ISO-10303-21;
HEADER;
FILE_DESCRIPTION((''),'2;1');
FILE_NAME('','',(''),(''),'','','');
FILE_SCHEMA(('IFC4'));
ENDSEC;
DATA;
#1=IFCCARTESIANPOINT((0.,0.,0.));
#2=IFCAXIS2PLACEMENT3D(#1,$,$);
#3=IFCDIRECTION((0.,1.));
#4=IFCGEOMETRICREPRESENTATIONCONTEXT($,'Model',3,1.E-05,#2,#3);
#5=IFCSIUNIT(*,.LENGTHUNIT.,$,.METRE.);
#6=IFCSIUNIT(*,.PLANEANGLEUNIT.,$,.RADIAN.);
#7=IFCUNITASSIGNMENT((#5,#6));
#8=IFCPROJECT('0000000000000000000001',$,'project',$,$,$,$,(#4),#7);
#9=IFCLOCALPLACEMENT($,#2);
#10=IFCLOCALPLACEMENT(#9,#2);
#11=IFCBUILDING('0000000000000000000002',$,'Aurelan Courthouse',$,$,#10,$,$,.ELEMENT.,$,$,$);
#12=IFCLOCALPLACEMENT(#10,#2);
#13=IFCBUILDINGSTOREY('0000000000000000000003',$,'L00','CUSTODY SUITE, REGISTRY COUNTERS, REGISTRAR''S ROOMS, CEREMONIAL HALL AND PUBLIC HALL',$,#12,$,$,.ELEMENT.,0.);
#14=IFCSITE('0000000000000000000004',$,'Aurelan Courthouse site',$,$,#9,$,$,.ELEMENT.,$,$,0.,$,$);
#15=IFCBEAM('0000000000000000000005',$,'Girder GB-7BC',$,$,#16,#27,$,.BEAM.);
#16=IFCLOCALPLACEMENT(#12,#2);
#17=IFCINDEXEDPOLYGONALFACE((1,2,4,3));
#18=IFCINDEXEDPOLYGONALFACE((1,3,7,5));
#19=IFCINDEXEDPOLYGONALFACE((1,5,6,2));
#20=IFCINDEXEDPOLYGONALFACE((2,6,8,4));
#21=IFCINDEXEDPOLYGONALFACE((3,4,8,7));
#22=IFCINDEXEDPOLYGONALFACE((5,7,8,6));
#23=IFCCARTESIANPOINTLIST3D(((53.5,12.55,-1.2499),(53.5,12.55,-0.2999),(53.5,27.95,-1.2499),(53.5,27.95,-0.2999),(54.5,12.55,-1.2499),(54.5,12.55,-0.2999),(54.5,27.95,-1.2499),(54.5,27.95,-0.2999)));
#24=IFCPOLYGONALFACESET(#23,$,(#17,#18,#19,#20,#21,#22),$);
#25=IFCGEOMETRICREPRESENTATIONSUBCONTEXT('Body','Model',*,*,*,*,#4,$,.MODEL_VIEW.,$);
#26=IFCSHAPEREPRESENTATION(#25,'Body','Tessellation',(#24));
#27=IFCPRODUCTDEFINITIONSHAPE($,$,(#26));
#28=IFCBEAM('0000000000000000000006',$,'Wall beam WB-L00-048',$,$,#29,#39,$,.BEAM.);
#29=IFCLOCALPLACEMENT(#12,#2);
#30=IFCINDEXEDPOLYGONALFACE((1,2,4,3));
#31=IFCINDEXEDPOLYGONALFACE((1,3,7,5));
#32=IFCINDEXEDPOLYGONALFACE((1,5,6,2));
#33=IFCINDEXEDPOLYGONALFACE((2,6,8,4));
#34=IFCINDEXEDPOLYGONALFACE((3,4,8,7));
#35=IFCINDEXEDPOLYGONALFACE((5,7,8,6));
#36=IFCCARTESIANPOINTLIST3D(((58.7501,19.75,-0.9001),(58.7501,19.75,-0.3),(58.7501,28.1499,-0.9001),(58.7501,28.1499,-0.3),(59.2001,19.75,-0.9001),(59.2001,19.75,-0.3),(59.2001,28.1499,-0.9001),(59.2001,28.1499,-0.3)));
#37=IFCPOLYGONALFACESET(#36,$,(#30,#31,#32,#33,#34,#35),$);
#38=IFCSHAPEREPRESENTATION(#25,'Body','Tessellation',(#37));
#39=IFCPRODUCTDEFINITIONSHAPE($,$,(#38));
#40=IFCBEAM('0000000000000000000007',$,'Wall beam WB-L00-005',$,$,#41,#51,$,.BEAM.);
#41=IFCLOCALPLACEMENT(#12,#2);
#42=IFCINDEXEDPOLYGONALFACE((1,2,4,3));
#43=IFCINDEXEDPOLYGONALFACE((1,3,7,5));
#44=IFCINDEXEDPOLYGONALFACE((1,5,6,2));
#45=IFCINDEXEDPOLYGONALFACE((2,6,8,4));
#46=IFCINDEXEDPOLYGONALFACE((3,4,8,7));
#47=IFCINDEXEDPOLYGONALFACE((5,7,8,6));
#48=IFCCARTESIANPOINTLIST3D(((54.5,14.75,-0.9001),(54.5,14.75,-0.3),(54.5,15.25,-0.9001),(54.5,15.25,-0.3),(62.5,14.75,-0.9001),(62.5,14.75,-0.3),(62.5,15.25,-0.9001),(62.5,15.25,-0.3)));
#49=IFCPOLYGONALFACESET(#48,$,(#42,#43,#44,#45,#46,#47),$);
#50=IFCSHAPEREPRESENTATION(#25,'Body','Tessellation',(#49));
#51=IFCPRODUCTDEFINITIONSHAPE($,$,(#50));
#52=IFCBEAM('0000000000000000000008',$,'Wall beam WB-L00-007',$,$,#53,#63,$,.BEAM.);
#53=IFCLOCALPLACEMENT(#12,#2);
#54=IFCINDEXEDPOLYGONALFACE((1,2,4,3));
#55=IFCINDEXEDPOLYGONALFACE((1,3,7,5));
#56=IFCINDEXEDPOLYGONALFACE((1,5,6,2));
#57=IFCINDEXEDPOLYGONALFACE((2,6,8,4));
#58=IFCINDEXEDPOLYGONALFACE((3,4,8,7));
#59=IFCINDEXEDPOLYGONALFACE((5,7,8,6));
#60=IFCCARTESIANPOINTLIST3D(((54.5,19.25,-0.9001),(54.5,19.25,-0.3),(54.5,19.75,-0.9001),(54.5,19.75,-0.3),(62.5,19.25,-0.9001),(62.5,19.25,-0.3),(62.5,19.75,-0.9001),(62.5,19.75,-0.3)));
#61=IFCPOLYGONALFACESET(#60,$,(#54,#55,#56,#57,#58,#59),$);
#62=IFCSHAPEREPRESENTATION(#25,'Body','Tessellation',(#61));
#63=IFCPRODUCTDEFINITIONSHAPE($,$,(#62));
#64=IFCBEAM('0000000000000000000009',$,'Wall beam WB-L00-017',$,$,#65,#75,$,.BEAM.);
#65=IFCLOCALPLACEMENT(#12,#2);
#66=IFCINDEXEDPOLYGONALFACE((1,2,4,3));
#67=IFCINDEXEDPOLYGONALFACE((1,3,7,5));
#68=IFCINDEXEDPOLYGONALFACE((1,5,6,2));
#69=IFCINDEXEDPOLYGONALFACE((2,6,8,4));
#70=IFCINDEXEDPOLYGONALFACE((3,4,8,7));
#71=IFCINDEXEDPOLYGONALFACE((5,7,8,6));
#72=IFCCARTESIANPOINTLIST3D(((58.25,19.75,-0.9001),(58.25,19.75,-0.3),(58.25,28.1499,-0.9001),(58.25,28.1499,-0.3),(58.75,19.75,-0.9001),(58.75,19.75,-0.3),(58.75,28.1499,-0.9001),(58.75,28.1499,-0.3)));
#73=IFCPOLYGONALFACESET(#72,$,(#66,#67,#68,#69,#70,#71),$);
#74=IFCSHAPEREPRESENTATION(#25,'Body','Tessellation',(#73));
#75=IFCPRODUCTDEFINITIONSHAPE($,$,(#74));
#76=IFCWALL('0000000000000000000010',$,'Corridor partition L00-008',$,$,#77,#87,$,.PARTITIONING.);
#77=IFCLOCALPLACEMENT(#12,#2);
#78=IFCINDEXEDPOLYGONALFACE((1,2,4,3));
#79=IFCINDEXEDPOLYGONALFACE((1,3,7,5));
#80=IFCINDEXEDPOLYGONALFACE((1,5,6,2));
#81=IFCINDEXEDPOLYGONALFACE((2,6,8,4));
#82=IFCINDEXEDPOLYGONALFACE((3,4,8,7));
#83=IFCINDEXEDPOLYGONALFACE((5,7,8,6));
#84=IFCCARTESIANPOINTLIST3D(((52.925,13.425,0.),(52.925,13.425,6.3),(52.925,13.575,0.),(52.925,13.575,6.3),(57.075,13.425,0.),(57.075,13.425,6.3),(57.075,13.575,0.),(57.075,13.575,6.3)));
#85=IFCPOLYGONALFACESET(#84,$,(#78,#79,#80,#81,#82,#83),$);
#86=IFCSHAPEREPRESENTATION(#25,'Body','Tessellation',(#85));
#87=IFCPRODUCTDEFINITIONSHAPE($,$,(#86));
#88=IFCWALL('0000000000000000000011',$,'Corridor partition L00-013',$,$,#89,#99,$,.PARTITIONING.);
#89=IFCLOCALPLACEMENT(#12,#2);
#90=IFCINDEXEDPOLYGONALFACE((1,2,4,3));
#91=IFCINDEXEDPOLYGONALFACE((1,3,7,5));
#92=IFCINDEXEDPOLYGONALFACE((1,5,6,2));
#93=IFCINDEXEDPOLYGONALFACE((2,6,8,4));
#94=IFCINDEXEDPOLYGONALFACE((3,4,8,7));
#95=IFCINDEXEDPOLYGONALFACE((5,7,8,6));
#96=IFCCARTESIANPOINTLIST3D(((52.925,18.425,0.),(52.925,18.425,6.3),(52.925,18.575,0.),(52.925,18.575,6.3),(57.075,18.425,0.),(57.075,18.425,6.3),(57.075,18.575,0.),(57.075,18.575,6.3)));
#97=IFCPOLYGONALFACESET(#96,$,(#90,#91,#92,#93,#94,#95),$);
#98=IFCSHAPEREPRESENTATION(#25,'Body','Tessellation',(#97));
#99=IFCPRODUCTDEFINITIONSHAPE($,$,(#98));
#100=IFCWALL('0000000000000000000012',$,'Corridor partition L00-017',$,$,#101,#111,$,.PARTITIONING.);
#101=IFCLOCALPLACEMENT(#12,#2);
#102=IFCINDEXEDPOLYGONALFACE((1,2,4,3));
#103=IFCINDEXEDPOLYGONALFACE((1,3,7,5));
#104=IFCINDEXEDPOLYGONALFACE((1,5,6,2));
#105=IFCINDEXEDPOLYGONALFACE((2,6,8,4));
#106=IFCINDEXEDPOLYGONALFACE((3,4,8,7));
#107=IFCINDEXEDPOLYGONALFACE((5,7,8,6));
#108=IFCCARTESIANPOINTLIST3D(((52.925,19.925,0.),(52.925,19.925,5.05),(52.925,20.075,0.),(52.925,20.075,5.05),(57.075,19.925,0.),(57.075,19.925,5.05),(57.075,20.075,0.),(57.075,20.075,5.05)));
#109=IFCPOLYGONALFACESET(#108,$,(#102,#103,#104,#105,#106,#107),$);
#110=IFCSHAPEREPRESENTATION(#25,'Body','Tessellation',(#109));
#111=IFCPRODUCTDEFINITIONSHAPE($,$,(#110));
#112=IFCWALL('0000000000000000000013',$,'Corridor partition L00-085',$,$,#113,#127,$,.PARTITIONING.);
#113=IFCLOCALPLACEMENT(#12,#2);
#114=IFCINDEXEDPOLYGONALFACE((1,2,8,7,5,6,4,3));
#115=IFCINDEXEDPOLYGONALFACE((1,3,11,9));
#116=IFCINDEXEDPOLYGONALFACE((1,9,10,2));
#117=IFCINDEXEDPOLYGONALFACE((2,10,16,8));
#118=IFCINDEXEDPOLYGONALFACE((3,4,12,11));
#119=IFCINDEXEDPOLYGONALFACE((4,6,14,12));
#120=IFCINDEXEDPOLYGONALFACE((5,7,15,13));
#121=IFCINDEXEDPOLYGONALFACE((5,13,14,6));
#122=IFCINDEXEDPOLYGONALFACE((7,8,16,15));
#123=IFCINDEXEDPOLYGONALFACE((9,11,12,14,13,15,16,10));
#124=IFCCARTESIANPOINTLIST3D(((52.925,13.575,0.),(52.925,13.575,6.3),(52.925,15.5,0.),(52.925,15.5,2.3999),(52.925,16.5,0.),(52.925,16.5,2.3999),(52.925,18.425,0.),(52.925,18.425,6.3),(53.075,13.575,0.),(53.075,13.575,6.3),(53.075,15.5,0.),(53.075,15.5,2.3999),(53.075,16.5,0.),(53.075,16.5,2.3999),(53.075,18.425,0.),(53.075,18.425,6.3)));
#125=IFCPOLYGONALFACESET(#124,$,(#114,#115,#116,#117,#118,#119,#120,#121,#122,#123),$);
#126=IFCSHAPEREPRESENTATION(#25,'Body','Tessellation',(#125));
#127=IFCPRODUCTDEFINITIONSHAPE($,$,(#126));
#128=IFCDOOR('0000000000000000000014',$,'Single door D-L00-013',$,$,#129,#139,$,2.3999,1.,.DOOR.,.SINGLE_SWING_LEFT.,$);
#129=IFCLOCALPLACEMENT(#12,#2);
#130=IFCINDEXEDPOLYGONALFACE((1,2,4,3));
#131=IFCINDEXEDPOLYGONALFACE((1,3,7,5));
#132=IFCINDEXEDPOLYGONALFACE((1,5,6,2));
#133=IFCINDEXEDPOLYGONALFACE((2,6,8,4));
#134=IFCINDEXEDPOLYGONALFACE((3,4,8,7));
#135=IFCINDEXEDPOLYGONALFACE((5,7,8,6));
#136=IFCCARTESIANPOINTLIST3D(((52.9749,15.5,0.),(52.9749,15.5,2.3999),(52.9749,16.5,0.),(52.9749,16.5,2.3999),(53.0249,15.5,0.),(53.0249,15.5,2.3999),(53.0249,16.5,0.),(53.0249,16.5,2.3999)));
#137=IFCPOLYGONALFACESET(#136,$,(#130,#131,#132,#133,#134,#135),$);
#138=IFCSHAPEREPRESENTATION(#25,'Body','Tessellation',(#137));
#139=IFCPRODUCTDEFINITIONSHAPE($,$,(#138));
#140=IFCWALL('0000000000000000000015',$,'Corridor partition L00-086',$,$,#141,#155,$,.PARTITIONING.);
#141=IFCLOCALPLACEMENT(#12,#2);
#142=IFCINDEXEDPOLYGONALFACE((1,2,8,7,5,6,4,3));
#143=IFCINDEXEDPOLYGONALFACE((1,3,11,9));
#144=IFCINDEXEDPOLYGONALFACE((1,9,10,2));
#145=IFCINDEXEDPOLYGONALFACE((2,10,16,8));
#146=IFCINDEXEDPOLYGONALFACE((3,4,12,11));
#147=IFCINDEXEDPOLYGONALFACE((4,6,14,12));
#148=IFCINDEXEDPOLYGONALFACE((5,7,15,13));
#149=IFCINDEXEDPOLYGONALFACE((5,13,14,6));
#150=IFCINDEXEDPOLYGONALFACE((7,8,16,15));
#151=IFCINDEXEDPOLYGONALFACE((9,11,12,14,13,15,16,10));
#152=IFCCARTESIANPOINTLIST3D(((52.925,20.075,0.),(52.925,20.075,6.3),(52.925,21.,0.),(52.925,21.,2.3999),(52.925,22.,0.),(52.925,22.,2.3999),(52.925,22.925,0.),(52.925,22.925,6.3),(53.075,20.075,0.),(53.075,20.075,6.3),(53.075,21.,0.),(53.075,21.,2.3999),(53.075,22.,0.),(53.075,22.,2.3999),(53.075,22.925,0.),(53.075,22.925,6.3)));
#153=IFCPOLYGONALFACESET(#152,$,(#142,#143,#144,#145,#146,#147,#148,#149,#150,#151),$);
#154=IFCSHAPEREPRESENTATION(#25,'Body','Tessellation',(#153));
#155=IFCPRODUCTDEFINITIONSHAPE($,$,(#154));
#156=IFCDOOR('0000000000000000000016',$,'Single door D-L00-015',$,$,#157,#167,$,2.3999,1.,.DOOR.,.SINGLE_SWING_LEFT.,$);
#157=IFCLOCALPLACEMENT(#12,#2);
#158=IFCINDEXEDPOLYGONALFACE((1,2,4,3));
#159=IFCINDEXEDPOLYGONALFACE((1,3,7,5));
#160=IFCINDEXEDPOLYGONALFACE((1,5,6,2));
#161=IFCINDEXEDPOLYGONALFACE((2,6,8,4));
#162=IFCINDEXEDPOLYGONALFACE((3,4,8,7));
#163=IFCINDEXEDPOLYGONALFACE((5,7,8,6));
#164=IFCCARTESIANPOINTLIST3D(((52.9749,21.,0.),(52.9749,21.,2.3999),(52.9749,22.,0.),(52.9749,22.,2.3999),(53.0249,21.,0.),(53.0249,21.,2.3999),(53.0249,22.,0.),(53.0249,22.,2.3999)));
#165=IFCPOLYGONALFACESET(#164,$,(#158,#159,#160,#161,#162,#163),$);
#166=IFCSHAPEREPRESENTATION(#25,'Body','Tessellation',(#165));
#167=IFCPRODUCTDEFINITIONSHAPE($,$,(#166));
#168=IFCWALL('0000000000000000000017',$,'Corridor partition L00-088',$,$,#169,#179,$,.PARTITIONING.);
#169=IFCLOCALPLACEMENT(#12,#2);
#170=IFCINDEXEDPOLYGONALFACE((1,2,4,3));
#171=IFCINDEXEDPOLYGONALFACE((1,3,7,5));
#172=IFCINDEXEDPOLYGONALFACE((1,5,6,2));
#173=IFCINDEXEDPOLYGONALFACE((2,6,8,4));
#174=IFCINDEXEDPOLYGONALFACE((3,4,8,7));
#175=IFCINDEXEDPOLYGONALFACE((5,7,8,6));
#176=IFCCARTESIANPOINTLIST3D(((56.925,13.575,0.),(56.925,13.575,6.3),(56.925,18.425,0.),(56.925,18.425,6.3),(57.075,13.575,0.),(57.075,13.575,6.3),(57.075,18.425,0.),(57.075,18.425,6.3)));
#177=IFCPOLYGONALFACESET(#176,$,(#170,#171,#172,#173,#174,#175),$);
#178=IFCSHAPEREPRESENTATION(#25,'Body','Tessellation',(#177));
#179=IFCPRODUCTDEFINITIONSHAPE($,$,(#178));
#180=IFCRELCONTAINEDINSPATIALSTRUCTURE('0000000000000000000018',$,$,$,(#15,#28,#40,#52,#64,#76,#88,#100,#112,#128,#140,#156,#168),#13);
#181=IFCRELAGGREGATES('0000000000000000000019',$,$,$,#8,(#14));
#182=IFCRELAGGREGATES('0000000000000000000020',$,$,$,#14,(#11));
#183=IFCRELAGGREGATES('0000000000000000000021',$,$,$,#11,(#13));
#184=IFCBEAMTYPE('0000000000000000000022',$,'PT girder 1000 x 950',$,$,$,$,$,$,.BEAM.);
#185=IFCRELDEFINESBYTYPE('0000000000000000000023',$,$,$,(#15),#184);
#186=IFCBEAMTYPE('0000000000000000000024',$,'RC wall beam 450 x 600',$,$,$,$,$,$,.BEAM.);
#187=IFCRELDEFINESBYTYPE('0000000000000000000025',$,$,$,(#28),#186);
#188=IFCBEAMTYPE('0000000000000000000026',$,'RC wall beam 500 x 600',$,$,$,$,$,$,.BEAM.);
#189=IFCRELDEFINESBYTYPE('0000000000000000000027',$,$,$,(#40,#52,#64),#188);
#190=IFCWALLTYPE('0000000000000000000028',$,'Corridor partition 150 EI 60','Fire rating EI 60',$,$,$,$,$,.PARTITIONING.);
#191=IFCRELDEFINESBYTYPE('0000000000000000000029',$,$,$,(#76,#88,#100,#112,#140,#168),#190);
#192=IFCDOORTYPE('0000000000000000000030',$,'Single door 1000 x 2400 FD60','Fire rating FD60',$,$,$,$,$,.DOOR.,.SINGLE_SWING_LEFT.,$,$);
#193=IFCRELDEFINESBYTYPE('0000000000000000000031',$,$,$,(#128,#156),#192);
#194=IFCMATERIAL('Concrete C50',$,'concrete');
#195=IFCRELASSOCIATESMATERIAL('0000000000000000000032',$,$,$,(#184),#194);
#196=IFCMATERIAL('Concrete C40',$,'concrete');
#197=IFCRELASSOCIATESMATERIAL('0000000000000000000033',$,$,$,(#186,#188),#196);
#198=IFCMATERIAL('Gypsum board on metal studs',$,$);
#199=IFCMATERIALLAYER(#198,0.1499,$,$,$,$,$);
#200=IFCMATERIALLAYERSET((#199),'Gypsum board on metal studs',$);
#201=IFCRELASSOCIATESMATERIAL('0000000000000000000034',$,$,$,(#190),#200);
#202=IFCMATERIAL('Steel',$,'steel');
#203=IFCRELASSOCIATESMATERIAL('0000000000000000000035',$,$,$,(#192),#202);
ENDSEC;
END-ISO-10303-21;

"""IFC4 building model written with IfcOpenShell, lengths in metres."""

from ifc_helpers import new_model, si_unit, direction, frame, frame_2d, origin, origin_2d, place, context, subcontext, project, spatial, rectangle, extrude, material, layer, layer_set, material_profile, profile_set, type_object, element, fill, save


model = new_model("IFC4")

# Units and contexts
model_context = context("Model", 3, precision=1e-05, world=origin(), true_north=direction((0.0, 1.0)))
body_context = subcontext(model_context, "Body", "Model", "MODEL_VIEW")
ifc_project = project(units=[si_unit("LENGTHUNIT", "METRE"), si_unit("PLANEANGLEUNIT", "RADIAN")], contexts=[model_context])

# Site, building, storey
site_placement = place(None, origin())
site = spatial("IfcSite", under=ifc_project, at=site_placement, Name="Aurelan Courthouse site", CompositionType="ELEMENT", RefElevation=0.0)
building_placement = place(site_placement, origin())
building = spatial("IfcBuilding", under=site, at=building_placement, Name="Aurelan Courthouse", CompositionType="ELEMENT")
storey_placement = place(building_placement, origin())
storey = spatial("IfcBuildingStorey", under=building, at=storey_placement, Name="L00", Description="CUSTODY SUITE, REGISTRY COUNTERS, REGISTRAR'S ROOMS, CEREMONIAL HALL AND PUBLIC HALL", CompositionType="ELEMENT", Elevation=0.0)

# Beams
ifc_material_1 = material(Name="Concrete C50", Category="concrete")
ifc_material_profile_1 = material_profile(ifc_material_1, rectangle(XDim=1.0, YDim=0.95, at=origin_2d()), Name="RC 1000 x 950")
ifc_profile_set_1 = profile_set([ifc_material_profile_1], Name="Concrete C50")
beam_type_1 = type_object("IfcBeamType", Name="PT girder 1000 x 950", PredefinedType="BEAM", material=ifc_profile_set_1)
beam_1_placement = place(storey_placement, frame((54.0, 12.55, -0.7749), z_axis=(0.0, 1.0, 0.0), x_axis=(-1.0, 0.0, 0.0)))
element("IfcBeam", 1, at=beam_1_placement, inside=storey, type_object=beam_type_1, Name="Girder GB-7BC", PredefinedType="BEAM", context=body_context, shape_type="SweptSolid", body=[
    extrude(rectangle(XDim=1.0, YDim=0.95, at=origin_2d()), origin(), (0.0, 0.0, 1.0), 15.3999),
])
ifc_material_2 = material(Name="Concrete C40", Category="concrete")
ifc_material_profile_2 = material_profile(ifc_material_2, rectangle(XDim=0.45, YDim=0.6001, at=origin_2d()), Name="RC 450 x 600")
ifc_profile_set_2 = profile_set([ifc_material_profile_2], Name="Concrete C40")
beam_type_2 = type_object("IfcBeamType", Name="RC wall beam 450 x 600", PredefinedType="BEAM", material=ifc_profile_set_2)
beam_2_placement = place(storey_placement, frame((58.9751, 19.75, -0.6001), z_axis=(0.0, 1.0, 0.0), x_axis=(-1.0, 0.0, 0.0)))
element("IfcBeam", 2, at=beam_2_placement, inside=storey, type_object=beam_type_2, Name="Wall beam WB-L00-048", PredefinedType="BEAM", context=body_context, shape_type="SweptSolid", body=[
    extrude(rectangle(XDim=0.45, YDim=0.6001, at=origin_2d()), origin(), (0.0, 0.0, 1.0), 8.3999),
])
ifc_material_profile_3 = material_profile(ifc_material_2, rectangle(XDim=0.5, YDim=0.6001, at=origin_2d()), Name="RC 500 x 600")
ifc_profile_set_3 = profile_set([ifc_material_profile_3], Name="Concrete C40")
beam_type_3 = type_object("IfcBeamType", Name="RC wall beam 500 x 600", PredefinedType="BEAM", material=ifc_profile_set_3)
for number, where, z_axis, x_axis, name in (
    (3, (54.5, 15.0, -0.6001), (1.0, 0.0, 0.0), (0.0, 1.0, 0.0), "Wall beam WB-L00-005"),
    (4, (54.5, 19.5, -0.6001), (1.0, 0.0, 0.0), (0.0, 1.0, 0.0), "Wall beam WB-L00-007"),
):
    element("IfcBeam", number, at=place(storey_placement, frame(where, z_axis=z_axis, x_axis=x_axis)), inside=storey, type_object=beam_type_3, Name=name, PredefinedType="BEAM", context=body_context, shape_type="SweptSolid", body=[
        extrude(rectangle(XDim=0.5, YDim=0.6001, at=origin_2d()), origin(), (0.0, 0.0, 1.0), 8.0),
    ])
beam_3_placement = place(storey_placement, frame((58.5, 19.75, -0.6001), z_axis=(0.0, 1.0, 0.0), x_axis=(-1.0, 0.0, 0.0)))
element("IfcBeam", 5, at=beam_3_placement, inside=storey, type_object=beam_type_3, Name="Wall beam WB-L00-017", PredefinedType="BEAM", context=body_context, shape_type="SweptSolid", body=[
    extrude(rectangle(XDim=0.5, YDim=0.6001, at=origin_2d()), origin(), (0.0, 0.0, 1.0), 8.3999),
])

# Walls
ifc_material_3 = material(Name="Gypsum board on metal studs")
ifc_layer_1 = layer(ifc_material_3, 0.1499)
ifc_layer_set_1 = layer_set([ifc_layer_1], Name="Gypsum board on metal studs")
wall_type_1 = type_object("IfcWallType", Name="Corridor partition 150 EI 60", Description="Fire rating EI 60", PredefinedType="PARTITIONING", material=ifc_layer_set_1)
for number, where, z_axis, x_axis, name in (
    (6, (52.925, 13.5, 0.0), (0.0, 0.0, 1.0), (1.0, 0.0, 0.0), "Corridor partition L00-008"),
    (7, (52.925, 18.5, 0.0), (0.0, 0.0, 1.0), (1.0, 0.0, 0.0), "Corridor partition L00-013"),
):
    element("IfcWall", number, at=place(storey_placement, frame(where, z_axis=z_axis, x_axis=x_axis)), inside=storey, type_object=wall_type_1, Name=name, PredefinedType="PARTITIONING", context=body_context, shape_type="SweptSolid", body=[
        extrude(rectangle(XDim=4.1499, YDim=0.1499, at=frame_2d((2.075, 0.0))), origin(), (0.0, 0.0, 1.0), 6.3),
    ])
wall_1_placement = place(storey_placement, frame((52.925, 20.0, 0.0), z_axis=(0.0, 0.0, 1.0), x_axis=(1.0, 0.0, 0.0)))
element("IfcWall", 8, at=wall_1_placement, inside=storey, type_object=wall_type_1, Name="Corridor partition L00-017", PredefinedType="PARTITIONING", context=body_context, shape_type="SweptSolid", body=[
    extrude(rectangle(XDim=4.1499, YDim=0.1499, at=frame_2d((2.075, 0.0))), origin(), (0.0, 0.0, 1.0), 5.05),
])

# Walls, openings, doors
wall_2_placement = place(storey_placement, frame((53.0, 13.575, 0.0), z_axis=(0.0, 0.0, 1.0), x_axis=(0.0, 1.0, 0.0)))
wall_2 = element("IfcWall", 9, at=wall_2_placement, inside=storey, type_object=wall_type_1, Name="Corridor partition L00-085", PredefinedType="PARTITIONING", context=body_context, shape_type="SweptSolid", body=[
    extrude(rectangle(XDim=4.8501, YDim=0.1499, at=frame_2d((2.425, 0.0))), origin(), (0.0, 0.0, 1.0), 6.3),
])
opening_1_placement = place(wall_2_placement, frame((2.925, 0.0, 0.0), z_axis=(0.0, 0.0, 1.0), x_axis=(-1.0, 0.0, 0.0)))
opening_1 = element("IfcOpeningElement", 10, at=opening_1_placement, cuts=wall_2, PredefinedType="OPENING", context=body_context, shape_type="SweptSolid", body=[
    extrude(rectangle(XDim=1.0, YDim=2.3999, at=frame_2d((0.5, 1.2))), frame((0.0, 0.085, 0.0), z_axis=(0.0, -1.0, 0.0), x_axis=(1.0, 0.0, 0.0)), (0.0, 0.0, 1.0), 0.1699),
])
ifc_material_4 = material(Name="Steel", Category="steel")
door_type_1 = type_object("IfcDoorType", Name="Single door 1000 x 2400 FD60", Description="Fire rating FD60", OperationType="SINGLE_SWING_LEFT", PredefinedType="DOOR", material=ifc_material_4)
door_1_placement = place(opening_1_placement, origin())
door_1 = element("IfcDoor", 11, at=door_1_placement, inside=storey, type_object=door_type_1, Name="Single door D-L00-013", OperationType="SINGLE_SWING_LEFT", OverallHeight=2.3999, OverallWidth=1.0, PredefinedType="DOOR", context=body_context, shape_type="SweptSolid", body=[
    extrude(rectangle(XDim=1.0, YDim=2.3999, at=frame_2d((0.5, 1.2))), frame((0.0, 0.0249, 0.0), z_axis=(0.0, -1.0, 0.0), x_axis=(1.0, 0.0, 0.0)), (0.0, 0.0, 1.0), 0.05),
])
fill(opening_1, door_1)
wall_3_placement = place(storey_placement, frame((53.0, 20.075, 0.0), z_axis=(0.0, 0.0, 1.0), x_axis=(0.0, 1.0, 0.0)))
wall_3 = element("IfcWall", 12, at=wall_3_placement, inside=storey, type_object=wall_type_1, Name="Corridor partition L00-086", PredefinedType="PARTITIONING", context=body_context, shape_type="SweptSolid", body=[
    extrude(rectangle(XDim=2.8501, YDim=0.1499, at=frame_2d((1.425, 0.0))), origin(), (0.0, 0.0, 1.0), 6.3),
])
opening_2_placement = place(wall_3_placement, frame((1.925, 0.0, 0.0), z_axis=(0.0, 0.0, 1.0), x_axis=(-1.0, 0.0, 0.0)))
opening_2 = element("IfcOpeningElement", 13, at=opening_2_placement, cuts=wall_3, PredefinedType="OPENING", context=body_context, shape_type="SweptSolid", body=[
    extrude(rectangle(XDim=1.0, YDim=2.3999, at=frame_2d((0.5, 1.2))), frame((0.0, 0.085, 0.0), z_axis=(0.0, -1.0, 0.0), x_axis=(1.0, 0.0, 0.0)), (0.0, 0.0, 1.0), 0.1699),
])
door_2_placement = place(opening_2_placement, origin())
door_2 = element("IfcDoor", 14, at=door_2_placement, inside=storey, type_object=door_type_1, Name="Single door D-L00-015", OperationType="SINGLE_SWING_LEFT", OverallHeight=2.3999, OverallWidth=1.0, PredefinedType="DOOR", context=body_context, shape_type="SweptSolid", body=[
    extrude(rectangle(XDim=1.0, YDim=2.3999, at=frame_2d((0.5, 1.2))), frame((0.0, 0.0249, 0.0), z_axis=(0.0, -1.0, 0.0), x_axis=(1.0, 0.0, 0.0)), (0.0, 0.0, 1.0), 0.05),
])
fill(opening_2, door_2)

# Wall
wall_4_placement = place(storey_placement, frame((57.0, 13.575, 0.0), z_axis=(0.0, 0.0, 1.0), x_axis=(0.0, 1.0, 0.0)))
element("IfcWall", 15, at=wall_4_placement, inside=storey, type_object=wall_type_1, Name="Corridor partition L00-088", PredefinedType="PARTITIONING", context=body_context, shape_type="SweptSolid", body=[
    extrude(rectangle(XDim=4.8501, YDim=0.1499, at=frame_2d((2.425, 0.0))), origin(), (0.0, 0.0, 1.0), 6.3),
])

save(model, "model.ifc")
